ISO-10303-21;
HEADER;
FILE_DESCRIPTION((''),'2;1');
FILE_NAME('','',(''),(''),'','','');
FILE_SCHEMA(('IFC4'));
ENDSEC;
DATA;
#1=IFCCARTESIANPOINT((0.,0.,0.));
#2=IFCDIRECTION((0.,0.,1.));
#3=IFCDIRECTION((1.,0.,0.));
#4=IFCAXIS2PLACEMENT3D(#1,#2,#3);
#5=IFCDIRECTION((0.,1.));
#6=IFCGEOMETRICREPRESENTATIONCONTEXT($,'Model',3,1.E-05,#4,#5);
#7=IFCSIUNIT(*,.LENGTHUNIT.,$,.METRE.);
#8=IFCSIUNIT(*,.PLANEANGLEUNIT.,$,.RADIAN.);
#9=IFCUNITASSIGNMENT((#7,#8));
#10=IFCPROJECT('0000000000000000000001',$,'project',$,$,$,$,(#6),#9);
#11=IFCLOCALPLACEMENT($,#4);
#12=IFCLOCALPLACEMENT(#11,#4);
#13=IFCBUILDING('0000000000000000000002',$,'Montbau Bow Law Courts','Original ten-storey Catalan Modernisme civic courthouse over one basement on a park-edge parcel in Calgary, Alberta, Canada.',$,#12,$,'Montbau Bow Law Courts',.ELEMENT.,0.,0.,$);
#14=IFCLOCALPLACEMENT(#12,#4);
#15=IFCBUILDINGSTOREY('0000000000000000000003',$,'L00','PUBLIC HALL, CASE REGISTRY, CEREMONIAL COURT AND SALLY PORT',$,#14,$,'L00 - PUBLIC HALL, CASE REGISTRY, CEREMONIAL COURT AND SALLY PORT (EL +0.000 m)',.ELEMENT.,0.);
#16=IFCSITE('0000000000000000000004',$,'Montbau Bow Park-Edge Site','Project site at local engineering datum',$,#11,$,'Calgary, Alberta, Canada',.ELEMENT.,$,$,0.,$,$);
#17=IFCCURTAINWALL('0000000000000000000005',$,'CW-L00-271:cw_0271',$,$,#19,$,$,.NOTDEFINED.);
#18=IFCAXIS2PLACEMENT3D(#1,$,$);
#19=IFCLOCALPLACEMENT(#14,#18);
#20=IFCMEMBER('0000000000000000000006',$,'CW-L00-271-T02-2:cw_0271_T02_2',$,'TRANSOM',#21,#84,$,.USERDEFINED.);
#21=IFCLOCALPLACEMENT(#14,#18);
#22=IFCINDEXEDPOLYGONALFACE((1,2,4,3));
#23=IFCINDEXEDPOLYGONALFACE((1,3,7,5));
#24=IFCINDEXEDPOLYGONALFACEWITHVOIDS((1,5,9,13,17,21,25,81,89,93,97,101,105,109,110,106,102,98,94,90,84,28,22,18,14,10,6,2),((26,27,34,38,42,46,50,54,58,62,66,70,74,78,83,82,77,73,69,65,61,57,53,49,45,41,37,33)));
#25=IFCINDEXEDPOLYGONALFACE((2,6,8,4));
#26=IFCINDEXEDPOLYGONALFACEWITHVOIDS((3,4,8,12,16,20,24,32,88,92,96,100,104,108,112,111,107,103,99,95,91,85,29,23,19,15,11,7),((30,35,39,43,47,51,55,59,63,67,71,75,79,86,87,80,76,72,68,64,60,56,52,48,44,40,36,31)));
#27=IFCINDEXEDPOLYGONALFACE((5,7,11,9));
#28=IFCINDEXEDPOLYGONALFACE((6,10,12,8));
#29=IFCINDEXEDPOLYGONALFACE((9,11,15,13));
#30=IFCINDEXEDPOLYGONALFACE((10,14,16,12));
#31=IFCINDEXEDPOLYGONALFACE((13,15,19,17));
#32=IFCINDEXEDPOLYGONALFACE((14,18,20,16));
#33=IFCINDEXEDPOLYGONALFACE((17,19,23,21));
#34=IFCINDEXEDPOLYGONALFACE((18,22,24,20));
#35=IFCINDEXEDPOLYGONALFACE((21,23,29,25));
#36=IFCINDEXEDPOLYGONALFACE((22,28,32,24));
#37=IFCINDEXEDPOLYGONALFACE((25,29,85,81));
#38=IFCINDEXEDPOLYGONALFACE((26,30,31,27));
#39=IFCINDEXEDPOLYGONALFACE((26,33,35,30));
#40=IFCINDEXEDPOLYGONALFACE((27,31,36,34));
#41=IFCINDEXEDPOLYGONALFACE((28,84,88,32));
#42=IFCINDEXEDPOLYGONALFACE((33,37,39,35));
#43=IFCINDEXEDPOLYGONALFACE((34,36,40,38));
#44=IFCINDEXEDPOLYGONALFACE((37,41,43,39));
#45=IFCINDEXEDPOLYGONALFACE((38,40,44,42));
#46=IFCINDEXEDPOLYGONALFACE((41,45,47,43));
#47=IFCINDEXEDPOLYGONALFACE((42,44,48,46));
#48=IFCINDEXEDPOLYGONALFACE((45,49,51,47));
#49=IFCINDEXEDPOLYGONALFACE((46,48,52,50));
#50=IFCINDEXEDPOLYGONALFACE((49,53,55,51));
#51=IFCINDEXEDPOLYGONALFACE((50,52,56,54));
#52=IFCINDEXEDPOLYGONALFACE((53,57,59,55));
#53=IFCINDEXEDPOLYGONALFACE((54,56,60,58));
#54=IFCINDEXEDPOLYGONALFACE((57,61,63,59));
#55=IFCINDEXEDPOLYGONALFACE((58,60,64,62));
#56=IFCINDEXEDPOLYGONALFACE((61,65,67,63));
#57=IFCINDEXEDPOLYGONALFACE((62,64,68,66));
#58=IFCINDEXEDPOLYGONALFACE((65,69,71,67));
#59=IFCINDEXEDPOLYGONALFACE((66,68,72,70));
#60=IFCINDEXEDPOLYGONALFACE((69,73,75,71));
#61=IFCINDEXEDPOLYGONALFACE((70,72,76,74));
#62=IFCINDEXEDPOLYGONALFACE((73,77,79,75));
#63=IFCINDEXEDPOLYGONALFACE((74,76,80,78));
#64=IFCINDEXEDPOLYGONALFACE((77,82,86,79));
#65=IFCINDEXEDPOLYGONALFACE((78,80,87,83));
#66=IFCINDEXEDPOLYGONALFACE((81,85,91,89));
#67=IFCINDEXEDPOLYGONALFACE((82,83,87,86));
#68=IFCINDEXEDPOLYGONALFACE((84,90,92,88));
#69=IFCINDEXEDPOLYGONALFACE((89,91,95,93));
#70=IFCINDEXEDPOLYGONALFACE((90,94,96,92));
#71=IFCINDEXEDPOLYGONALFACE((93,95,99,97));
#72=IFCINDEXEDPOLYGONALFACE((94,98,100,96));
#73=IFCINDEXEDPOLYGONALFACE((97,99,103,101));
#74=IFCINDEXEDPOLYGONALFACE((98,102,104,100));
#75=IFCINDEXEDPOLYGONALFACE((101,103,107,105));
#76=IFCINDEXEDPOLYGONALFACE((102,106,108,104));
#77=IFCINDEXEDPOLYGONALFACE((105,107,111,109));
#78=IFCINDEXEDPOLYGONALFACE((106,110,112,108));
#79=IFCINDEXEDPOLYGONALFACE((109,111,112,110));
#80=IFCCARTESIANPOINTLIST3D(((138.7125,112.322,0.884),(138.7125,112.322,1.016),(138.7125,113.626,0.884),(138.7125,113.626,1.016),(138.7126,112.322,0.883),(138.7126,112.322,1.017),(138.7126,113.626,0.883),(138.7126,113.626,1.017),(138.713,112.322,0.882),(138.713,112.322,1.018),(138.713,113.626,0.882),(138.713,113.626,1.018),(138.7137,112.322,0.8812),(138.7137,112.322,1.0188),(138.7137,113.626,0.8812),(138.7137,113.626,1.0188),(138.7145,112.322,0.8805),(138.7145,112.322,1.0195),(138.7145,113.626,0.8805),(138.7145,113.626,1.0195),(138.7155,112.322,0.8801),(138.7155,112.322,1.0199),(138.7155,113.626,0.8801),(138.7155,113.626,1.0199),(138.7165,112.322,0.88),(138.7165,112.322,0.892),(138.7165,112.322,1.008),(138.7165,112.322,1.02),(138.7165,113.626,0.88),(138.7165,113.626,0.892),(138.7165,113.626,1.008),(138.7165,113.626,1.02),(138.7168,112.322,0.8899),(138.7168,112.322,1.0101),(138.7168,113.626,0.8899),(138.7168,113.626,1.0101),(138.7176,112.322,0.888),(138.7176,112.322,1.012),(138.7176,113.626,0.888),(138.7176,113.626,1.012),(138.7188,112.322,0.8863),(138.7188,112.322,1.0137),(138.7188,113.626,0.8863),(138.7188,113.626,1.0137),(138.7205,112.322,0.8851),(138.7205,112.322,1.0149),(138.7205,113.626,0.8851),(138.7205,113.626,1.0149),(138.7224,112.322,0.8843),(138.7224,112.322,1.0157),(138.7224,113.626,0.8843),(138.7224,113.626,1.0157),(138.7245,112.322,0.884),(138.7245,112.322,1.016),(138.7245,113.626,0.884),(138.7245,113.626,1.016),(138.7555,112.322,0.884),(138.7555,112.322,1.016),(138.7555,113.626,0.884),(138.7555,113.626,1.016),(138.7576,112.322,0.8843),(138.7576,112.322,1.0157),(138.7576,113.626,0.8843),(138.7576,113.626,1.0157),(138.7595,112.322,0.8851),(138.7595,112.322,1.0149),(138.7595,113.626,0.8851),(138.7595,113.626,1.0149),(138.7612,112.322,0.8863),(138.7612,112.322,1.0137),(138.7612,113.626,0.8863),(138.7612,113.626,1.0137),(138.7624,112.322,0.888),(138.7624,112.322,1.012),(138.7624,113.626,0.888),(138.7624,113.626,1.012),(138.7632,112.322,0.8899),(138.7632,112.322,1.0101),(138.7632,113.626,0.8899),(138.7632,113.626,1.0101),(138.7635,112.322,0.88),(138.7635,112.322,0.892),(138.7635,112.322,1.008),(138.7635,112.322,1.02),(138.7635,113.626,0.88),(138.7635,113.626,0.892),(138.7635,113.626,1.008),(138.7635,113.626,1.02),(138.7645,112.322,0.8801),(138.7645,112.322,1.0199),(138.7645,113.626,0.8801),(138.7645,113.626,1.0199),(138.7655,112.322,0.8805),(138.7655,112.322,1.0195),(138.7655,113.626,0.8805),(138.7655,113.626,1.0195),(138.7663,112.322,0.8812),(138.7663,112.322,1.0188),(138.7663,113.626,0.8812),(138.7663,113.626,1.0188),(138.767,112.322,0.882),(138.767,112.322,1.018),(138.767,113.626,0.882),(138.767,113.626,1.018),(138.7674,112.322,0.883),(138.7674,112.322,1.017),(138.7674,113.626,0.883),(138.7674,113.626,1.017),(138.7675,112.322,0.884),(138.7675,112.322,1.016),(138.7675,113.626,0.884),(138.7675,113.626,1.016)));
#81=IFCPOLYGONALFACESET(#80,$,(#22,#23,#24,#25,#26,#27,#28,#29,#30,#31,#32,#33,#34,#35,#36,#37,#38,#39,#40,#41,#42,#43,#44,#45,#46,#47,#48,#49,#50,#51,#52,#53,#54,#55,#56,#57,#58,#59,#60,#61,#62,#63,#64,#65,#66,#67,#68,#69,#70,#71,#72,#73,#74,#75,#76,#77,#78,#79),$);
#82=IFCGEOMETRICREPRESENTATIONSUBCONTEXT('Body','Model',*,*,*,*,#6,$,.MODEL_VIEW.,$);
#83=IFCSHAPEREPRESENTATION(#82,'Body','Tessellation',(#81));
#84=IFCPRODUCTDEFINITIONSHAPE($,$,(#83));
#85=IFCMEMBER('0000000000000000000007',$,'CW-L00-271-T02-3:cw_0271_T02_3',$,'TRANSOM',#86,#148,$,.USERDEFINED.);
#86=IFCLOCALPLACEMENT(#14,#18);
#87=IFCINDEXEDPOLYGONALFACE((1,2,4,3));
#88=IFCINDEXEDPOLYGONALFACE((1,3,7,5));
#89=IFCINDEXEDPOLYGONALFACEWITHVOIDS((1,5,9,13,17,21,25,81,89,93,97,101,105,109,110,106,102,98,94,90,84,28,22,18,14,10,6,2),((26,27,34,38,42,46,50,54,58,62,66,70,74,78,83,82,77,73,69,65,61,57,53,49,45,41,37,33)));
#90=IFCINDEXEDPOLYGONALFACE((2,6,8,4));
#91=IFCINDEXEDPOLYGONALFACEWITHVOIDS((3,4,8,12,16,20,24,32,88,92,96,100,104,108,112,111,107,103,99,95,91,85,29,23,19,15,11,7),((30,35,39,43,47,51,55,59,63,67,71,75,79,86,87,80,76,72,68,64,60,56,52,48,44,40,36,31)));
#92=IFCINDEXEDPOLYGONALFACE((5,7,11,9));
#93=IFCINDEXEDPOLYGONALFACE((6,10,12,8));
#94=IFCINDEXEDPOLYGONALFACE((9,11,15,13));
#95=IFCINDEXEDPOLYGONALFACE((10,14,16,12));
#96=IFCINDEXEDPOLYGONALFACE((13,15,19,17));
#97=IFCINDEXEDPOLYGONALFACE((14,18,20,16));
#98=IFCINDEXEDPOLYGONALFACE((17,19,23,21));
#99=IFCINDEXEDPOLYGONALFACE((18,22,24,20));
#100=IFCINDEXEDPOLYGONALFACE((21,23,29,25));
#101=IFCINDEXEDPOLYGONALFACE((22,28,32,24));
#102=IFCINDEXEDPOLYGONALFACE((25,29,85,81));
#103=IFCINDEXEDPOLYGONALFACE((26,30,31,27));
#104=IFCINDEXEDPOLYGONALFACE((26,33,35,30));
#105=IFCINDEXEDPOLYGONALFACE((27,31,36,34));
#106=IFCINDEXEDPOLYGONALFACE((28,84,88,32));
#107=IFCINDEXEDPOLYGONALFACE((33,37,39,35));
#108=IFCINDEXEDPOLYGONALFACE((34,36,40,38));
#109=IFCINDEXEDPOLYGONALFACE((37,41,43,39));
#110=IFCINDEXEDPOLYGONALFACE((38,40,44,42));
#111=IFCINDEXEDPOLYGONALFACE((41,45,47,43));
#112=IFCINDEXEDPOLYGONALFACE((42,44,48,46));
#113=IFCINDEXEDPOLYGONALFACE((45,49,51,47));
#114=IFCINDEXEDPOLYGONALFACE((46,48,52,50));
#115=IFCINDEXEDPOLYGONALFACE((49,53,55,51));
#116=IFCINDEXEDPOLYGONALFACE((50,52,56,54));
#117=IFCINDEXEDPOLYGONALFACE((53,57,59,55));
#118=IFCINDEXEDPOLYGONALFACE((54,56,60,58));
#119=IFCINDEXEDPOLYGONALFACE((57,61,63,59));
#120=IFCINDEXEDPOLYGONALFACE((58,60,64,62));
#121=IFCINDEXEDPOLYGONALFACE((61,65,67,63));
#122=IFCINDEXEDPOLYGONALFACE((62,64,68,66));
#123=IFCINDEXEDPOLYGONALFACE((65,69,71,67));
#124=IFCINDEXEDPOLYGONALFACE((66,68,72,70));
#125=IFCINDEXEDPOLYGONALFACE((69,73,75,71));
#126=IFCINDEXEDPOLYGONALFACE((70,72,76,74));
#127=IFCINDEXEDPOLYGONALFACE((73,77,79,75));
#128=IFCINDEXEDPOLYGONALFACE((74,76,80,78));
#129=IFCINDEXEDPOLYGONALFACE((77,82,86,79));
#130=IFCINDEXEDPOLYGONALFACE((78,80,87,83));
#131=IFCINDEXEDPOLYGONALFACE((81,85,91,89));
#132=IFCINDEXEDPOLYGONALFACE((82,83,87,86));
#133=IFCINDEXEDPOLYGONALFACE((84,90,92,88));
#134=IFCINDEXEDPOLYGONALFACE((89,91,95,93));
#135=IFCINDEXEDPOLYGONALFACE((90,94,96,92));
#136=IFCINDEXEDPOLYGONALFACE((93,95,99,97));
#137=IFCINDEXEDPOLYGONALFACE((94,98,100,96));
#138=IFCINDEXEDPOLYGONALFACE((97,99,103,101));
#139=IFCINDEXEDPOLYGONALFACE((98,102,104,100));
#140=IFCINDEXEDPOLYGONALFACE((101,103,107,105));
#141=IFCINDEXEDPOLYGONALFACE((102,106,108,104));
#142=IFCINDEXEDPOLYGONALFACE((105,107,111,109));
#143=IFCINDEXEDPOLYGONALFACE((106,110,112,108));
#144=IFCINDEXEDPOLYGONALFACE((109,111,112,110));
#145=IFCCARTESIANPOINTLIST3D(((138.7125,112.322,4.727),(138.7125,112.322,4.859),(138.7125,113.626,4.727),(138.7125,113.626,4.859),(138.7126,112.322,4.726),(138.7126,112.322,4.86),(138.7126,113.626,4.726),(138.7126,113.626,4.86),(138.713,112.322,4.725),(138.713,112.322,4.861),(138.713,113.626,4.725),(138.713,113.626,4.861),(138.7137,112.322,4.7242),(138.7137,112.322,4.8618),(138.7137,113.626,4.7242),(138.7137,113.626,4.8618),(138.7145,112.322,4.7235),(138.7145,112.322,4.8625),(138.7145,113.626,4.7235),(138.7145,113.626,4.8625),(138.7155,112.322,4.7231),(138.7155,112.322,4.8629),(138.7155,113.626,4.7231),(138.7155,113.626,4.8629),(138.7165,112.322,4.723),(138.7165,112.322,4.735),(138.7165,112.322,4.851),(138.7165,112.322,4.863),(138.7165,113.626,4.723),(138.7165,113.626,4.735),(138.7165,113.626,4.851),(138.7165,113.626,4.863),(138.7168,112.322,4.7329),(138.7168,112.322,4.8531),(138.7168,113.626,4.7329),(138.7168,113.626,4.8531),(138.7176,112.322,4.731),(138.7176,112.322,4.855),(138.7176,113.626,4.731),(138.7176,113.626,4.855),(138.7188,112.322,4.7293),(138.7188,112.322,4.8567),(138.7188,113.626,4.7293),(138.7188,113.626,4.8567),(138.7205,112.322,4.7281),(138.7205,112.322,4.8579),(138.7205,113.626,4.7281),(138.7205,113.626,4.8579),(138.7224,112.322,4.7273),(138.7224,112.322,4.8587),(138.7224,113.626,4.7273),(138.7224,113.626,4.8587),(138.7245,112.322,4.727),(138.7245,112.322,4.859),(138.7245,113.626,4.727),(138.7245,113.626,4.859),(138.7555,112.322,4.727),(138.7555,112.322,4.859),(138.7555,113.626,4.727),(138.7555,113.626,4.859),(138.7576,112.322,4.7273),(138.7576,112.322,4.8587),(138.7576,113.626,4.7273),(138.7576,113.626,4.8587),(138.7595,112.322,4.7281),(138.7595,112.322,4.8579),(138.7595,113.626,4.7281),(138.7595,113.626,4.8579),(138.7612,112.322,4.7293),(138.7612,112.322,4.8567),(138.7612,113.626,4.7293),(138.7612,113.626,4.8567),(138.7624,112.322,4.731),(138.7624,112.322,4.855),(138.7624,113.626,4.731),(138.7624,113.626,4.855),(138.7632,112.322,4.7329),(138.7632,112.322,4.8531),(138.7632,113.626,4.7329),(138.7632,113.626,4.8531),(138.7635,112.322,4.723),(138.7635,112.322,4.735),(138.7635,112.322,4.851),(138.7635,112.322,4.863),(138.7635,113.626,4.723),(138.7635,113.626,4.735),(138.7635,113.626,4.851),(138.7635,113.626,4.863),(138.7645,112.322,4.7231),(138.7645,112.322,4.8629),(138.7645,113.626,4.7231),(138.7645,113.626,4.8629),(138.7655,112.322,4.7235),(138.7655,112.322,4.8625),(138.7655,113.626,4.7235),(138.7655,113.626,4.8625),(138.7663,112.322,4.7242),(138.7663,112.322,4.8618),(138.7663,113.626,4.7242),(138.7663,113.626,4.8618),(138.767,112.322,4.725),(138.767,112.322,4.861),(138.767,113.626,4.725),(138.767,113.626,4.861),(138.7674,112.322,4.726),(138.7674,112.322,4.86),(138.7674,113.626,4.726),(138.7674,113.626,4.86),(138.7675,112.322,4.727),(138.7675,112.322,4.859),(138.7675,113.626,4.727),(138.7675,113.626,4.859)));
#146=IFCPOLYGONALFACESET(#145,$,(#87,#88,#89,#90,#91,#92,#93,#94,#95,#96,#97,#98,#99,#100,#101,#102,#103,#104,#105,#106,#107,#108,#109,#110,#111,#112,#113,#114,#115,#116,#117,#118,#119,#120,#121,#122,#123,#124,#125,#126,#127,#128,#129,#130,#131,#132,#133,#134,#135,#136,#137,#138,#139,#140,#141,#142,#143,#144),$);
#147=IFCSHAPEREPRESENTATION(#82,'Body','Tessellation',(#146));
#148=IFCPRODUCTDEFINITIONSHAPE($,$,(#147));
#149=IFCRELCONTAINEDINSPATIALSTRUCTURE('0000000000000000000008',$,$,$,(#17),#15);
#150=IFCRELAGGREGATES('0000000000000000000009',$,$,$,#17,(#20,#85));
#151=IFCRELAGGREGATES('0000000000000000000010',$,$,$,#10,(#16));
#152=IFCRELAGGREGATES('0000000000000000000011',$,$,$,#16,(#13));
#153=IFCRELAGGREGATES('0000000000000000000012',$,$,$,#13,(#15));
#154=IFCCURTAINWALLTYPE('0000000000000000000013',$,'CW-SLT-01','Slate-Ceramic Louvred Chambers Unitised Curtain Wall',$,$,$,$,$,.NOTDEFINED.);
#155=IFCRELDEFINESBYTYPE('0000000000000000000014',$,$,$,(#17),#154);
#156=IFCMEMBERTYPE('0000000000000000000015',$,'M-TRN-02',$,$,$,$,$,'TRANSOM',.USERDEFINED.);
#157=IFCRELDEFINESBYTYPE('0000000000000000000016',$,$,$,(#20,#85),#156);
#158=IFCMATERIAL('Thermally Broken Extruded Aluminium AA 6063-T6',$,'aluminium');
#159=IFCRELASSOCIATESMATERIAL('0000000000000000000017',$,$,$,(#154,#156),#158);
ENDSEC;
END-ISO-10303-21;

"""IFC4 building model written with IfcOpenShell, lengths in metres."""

from ifc_helpers import new_model, si_unit, direction, frame, origin_with_axes, origin_2d_with_axis, place, context, subcontext, project, spatial, hollow_rectangle, extrude, material, material_profile, profile_set, type_object, element, aggregate, save


model = new_model("IFC4")

# Units and contexts
model_context = context("Model", 3, precision=1e-05, world=origin_with_axes(), true_north=direction((0.0, 1.0)))
body_context = subcontext(model_context, "Body", "Model", "MODEL_VIEW")
ifc_project = project(units=[si_unit("LENGTHUNIT", "METRE"), si_unit("PLANEANGLEUNIT", "RADIAN")], contexts=[model_context])

# Site, building, storey
site_placement = place(None, origin_with_axes())
site = spatial("IfcSite", under=ifc_project, at=site_placement, Name="Montbau Bow Park-Edge Site", Description="Project site at local engineering datum", LongName="Calgary, Alberta, Canada", CompositionType="ELEMENT", RefElevation=0.0)
building_placement = place(site_placement, origin_with_axes())
building = spatial("IfcBuilding", under=site, at=building_placement, Name="Montbau Bow Law Courts", Description="Original ten-storey Catalan Modernisme civic courthouse over one basement on a park-edge parcel in Calgary, Alberta, Canada.", LongName="Montbau Bow Law Courts", CompositionType="ELEMENT", ElevationOfRefHeight=0.0, ElevationOfTerrain=0.0)
storey_placement = place(building_placement, origin_with_axes())
storey = spatial("IfcBuildingStorey", under=building, at=storey_placement, Name="L00", Description="PUBLIC HALL, CASE REGISTRY, CEREMONIAL COURT AND SALLY PORT", LongName="L00 - PUBLIC HALL, CASE REGISTRY, CEREMONIAL COURT AND SALLY PORT (EL +0.000 m)", CompositionType="ELEMENT", Elevation=0.0)

# Curtain wall, members
ifc_material_1 = material(Name="Thermally Broken Extruded Aluminium AA 6063-T6", Category="aluminium")
curtain_wall_type = type_object("IfcCurtainWallType", Name="CW-SLT-01", Description="Slate-Ceramic Louvred Chambers Unitised Curtain Wall", PredefinedType="NOTDEFINED", material=ifc_material_1)
curtain_wall_placement = place(None, frame((138.74, 110.915, 0.0), z_axis=(0.0, 0.0, 1.0), x_axis=(1.0, 0.0, 0.0)))
curtain_wall = element("IfcCurtainWall", 1, at=curtain_wall_placement, inside=storey, type_object=curtain_wall_type, Name="CW-L00-271:cw_0271", PredefinedType="NOTDEFINED")
ifc_material_profile_1 = material_profile(ifc_material_1, hollow_rectangle(XDim=0.055, YDim=0.14, WallThickness=0.004, InnerFilletRadius=0.008, OuterFilletRadius=0.004, at=origin_2d_with_axis()), Name="CWT-140X55", Category="Main", Priority=0)
ifc_profile_set_1 = profile_set([ifc_material_profile_1], Name="Thermally Broken Extruded Aluminium AA 6063-T6")
member_type_1 = type_object("IfcMemberType", Name="M-TRN-02", ElementType="TRANSOM", PredefinedType="USERDEFINED", material=ifc_profile_set_1)
member_1_placement = place(None, frame((138.74, 112.322, 0.95), z_axis=(0.0, 1.0, 0.0), x_axis=(-1.0, 0.0, 0.0)))
member_1 = element("IfcMember", 2, at=member_1_placement, type_object=member_type_1, Name="CW-L00-271-T02-2:cw_0271_T02_2", ObjectType="TRANSOM", PredefinedType="USERDEFINED", context=body_context, shape_type="SweptSolid", body=[
    extrude(hollow_rectangle(XDim=0.055, YDim=0.14, WallThickness=0.004, InnerFilletRadius=0.008, OuterFilletRadius=0.004, at=origin_2d_with_axis()), origin_with_axes(), (0.0, 0.0, 1.0), 1.304),
])
member_2_placement = place(None, frame((138.74, 112.322, 4.793), z_axis=(0.0, 1.0, 0.0), x_axis=(-1.0, 0.0, 0.0)))
member_2 = element("IfcMember", 3, at=member_2_placement, type_object=member_type_1, Name="CW-L00-271-T02-3:cw_0271_T02_3", ObjectType="TRANSOM", PredefinedType="USERDEFINED", context=body_context, shape_type="SweptSolid", body=[
    extrude(hollow_rectangle(XDim=0.055, YDim=0.14, WallThickness=0.004, InnerFilletRadius=0.008, OuterFilletRadius=0.004, at=origin_2d_with_axis()), origin_with_axes(), (0.0, 0.0, 1.0), 1.304),
])

aggregate(curtain_wall, [member_1, member_2])

save(model, "model.ifc")
